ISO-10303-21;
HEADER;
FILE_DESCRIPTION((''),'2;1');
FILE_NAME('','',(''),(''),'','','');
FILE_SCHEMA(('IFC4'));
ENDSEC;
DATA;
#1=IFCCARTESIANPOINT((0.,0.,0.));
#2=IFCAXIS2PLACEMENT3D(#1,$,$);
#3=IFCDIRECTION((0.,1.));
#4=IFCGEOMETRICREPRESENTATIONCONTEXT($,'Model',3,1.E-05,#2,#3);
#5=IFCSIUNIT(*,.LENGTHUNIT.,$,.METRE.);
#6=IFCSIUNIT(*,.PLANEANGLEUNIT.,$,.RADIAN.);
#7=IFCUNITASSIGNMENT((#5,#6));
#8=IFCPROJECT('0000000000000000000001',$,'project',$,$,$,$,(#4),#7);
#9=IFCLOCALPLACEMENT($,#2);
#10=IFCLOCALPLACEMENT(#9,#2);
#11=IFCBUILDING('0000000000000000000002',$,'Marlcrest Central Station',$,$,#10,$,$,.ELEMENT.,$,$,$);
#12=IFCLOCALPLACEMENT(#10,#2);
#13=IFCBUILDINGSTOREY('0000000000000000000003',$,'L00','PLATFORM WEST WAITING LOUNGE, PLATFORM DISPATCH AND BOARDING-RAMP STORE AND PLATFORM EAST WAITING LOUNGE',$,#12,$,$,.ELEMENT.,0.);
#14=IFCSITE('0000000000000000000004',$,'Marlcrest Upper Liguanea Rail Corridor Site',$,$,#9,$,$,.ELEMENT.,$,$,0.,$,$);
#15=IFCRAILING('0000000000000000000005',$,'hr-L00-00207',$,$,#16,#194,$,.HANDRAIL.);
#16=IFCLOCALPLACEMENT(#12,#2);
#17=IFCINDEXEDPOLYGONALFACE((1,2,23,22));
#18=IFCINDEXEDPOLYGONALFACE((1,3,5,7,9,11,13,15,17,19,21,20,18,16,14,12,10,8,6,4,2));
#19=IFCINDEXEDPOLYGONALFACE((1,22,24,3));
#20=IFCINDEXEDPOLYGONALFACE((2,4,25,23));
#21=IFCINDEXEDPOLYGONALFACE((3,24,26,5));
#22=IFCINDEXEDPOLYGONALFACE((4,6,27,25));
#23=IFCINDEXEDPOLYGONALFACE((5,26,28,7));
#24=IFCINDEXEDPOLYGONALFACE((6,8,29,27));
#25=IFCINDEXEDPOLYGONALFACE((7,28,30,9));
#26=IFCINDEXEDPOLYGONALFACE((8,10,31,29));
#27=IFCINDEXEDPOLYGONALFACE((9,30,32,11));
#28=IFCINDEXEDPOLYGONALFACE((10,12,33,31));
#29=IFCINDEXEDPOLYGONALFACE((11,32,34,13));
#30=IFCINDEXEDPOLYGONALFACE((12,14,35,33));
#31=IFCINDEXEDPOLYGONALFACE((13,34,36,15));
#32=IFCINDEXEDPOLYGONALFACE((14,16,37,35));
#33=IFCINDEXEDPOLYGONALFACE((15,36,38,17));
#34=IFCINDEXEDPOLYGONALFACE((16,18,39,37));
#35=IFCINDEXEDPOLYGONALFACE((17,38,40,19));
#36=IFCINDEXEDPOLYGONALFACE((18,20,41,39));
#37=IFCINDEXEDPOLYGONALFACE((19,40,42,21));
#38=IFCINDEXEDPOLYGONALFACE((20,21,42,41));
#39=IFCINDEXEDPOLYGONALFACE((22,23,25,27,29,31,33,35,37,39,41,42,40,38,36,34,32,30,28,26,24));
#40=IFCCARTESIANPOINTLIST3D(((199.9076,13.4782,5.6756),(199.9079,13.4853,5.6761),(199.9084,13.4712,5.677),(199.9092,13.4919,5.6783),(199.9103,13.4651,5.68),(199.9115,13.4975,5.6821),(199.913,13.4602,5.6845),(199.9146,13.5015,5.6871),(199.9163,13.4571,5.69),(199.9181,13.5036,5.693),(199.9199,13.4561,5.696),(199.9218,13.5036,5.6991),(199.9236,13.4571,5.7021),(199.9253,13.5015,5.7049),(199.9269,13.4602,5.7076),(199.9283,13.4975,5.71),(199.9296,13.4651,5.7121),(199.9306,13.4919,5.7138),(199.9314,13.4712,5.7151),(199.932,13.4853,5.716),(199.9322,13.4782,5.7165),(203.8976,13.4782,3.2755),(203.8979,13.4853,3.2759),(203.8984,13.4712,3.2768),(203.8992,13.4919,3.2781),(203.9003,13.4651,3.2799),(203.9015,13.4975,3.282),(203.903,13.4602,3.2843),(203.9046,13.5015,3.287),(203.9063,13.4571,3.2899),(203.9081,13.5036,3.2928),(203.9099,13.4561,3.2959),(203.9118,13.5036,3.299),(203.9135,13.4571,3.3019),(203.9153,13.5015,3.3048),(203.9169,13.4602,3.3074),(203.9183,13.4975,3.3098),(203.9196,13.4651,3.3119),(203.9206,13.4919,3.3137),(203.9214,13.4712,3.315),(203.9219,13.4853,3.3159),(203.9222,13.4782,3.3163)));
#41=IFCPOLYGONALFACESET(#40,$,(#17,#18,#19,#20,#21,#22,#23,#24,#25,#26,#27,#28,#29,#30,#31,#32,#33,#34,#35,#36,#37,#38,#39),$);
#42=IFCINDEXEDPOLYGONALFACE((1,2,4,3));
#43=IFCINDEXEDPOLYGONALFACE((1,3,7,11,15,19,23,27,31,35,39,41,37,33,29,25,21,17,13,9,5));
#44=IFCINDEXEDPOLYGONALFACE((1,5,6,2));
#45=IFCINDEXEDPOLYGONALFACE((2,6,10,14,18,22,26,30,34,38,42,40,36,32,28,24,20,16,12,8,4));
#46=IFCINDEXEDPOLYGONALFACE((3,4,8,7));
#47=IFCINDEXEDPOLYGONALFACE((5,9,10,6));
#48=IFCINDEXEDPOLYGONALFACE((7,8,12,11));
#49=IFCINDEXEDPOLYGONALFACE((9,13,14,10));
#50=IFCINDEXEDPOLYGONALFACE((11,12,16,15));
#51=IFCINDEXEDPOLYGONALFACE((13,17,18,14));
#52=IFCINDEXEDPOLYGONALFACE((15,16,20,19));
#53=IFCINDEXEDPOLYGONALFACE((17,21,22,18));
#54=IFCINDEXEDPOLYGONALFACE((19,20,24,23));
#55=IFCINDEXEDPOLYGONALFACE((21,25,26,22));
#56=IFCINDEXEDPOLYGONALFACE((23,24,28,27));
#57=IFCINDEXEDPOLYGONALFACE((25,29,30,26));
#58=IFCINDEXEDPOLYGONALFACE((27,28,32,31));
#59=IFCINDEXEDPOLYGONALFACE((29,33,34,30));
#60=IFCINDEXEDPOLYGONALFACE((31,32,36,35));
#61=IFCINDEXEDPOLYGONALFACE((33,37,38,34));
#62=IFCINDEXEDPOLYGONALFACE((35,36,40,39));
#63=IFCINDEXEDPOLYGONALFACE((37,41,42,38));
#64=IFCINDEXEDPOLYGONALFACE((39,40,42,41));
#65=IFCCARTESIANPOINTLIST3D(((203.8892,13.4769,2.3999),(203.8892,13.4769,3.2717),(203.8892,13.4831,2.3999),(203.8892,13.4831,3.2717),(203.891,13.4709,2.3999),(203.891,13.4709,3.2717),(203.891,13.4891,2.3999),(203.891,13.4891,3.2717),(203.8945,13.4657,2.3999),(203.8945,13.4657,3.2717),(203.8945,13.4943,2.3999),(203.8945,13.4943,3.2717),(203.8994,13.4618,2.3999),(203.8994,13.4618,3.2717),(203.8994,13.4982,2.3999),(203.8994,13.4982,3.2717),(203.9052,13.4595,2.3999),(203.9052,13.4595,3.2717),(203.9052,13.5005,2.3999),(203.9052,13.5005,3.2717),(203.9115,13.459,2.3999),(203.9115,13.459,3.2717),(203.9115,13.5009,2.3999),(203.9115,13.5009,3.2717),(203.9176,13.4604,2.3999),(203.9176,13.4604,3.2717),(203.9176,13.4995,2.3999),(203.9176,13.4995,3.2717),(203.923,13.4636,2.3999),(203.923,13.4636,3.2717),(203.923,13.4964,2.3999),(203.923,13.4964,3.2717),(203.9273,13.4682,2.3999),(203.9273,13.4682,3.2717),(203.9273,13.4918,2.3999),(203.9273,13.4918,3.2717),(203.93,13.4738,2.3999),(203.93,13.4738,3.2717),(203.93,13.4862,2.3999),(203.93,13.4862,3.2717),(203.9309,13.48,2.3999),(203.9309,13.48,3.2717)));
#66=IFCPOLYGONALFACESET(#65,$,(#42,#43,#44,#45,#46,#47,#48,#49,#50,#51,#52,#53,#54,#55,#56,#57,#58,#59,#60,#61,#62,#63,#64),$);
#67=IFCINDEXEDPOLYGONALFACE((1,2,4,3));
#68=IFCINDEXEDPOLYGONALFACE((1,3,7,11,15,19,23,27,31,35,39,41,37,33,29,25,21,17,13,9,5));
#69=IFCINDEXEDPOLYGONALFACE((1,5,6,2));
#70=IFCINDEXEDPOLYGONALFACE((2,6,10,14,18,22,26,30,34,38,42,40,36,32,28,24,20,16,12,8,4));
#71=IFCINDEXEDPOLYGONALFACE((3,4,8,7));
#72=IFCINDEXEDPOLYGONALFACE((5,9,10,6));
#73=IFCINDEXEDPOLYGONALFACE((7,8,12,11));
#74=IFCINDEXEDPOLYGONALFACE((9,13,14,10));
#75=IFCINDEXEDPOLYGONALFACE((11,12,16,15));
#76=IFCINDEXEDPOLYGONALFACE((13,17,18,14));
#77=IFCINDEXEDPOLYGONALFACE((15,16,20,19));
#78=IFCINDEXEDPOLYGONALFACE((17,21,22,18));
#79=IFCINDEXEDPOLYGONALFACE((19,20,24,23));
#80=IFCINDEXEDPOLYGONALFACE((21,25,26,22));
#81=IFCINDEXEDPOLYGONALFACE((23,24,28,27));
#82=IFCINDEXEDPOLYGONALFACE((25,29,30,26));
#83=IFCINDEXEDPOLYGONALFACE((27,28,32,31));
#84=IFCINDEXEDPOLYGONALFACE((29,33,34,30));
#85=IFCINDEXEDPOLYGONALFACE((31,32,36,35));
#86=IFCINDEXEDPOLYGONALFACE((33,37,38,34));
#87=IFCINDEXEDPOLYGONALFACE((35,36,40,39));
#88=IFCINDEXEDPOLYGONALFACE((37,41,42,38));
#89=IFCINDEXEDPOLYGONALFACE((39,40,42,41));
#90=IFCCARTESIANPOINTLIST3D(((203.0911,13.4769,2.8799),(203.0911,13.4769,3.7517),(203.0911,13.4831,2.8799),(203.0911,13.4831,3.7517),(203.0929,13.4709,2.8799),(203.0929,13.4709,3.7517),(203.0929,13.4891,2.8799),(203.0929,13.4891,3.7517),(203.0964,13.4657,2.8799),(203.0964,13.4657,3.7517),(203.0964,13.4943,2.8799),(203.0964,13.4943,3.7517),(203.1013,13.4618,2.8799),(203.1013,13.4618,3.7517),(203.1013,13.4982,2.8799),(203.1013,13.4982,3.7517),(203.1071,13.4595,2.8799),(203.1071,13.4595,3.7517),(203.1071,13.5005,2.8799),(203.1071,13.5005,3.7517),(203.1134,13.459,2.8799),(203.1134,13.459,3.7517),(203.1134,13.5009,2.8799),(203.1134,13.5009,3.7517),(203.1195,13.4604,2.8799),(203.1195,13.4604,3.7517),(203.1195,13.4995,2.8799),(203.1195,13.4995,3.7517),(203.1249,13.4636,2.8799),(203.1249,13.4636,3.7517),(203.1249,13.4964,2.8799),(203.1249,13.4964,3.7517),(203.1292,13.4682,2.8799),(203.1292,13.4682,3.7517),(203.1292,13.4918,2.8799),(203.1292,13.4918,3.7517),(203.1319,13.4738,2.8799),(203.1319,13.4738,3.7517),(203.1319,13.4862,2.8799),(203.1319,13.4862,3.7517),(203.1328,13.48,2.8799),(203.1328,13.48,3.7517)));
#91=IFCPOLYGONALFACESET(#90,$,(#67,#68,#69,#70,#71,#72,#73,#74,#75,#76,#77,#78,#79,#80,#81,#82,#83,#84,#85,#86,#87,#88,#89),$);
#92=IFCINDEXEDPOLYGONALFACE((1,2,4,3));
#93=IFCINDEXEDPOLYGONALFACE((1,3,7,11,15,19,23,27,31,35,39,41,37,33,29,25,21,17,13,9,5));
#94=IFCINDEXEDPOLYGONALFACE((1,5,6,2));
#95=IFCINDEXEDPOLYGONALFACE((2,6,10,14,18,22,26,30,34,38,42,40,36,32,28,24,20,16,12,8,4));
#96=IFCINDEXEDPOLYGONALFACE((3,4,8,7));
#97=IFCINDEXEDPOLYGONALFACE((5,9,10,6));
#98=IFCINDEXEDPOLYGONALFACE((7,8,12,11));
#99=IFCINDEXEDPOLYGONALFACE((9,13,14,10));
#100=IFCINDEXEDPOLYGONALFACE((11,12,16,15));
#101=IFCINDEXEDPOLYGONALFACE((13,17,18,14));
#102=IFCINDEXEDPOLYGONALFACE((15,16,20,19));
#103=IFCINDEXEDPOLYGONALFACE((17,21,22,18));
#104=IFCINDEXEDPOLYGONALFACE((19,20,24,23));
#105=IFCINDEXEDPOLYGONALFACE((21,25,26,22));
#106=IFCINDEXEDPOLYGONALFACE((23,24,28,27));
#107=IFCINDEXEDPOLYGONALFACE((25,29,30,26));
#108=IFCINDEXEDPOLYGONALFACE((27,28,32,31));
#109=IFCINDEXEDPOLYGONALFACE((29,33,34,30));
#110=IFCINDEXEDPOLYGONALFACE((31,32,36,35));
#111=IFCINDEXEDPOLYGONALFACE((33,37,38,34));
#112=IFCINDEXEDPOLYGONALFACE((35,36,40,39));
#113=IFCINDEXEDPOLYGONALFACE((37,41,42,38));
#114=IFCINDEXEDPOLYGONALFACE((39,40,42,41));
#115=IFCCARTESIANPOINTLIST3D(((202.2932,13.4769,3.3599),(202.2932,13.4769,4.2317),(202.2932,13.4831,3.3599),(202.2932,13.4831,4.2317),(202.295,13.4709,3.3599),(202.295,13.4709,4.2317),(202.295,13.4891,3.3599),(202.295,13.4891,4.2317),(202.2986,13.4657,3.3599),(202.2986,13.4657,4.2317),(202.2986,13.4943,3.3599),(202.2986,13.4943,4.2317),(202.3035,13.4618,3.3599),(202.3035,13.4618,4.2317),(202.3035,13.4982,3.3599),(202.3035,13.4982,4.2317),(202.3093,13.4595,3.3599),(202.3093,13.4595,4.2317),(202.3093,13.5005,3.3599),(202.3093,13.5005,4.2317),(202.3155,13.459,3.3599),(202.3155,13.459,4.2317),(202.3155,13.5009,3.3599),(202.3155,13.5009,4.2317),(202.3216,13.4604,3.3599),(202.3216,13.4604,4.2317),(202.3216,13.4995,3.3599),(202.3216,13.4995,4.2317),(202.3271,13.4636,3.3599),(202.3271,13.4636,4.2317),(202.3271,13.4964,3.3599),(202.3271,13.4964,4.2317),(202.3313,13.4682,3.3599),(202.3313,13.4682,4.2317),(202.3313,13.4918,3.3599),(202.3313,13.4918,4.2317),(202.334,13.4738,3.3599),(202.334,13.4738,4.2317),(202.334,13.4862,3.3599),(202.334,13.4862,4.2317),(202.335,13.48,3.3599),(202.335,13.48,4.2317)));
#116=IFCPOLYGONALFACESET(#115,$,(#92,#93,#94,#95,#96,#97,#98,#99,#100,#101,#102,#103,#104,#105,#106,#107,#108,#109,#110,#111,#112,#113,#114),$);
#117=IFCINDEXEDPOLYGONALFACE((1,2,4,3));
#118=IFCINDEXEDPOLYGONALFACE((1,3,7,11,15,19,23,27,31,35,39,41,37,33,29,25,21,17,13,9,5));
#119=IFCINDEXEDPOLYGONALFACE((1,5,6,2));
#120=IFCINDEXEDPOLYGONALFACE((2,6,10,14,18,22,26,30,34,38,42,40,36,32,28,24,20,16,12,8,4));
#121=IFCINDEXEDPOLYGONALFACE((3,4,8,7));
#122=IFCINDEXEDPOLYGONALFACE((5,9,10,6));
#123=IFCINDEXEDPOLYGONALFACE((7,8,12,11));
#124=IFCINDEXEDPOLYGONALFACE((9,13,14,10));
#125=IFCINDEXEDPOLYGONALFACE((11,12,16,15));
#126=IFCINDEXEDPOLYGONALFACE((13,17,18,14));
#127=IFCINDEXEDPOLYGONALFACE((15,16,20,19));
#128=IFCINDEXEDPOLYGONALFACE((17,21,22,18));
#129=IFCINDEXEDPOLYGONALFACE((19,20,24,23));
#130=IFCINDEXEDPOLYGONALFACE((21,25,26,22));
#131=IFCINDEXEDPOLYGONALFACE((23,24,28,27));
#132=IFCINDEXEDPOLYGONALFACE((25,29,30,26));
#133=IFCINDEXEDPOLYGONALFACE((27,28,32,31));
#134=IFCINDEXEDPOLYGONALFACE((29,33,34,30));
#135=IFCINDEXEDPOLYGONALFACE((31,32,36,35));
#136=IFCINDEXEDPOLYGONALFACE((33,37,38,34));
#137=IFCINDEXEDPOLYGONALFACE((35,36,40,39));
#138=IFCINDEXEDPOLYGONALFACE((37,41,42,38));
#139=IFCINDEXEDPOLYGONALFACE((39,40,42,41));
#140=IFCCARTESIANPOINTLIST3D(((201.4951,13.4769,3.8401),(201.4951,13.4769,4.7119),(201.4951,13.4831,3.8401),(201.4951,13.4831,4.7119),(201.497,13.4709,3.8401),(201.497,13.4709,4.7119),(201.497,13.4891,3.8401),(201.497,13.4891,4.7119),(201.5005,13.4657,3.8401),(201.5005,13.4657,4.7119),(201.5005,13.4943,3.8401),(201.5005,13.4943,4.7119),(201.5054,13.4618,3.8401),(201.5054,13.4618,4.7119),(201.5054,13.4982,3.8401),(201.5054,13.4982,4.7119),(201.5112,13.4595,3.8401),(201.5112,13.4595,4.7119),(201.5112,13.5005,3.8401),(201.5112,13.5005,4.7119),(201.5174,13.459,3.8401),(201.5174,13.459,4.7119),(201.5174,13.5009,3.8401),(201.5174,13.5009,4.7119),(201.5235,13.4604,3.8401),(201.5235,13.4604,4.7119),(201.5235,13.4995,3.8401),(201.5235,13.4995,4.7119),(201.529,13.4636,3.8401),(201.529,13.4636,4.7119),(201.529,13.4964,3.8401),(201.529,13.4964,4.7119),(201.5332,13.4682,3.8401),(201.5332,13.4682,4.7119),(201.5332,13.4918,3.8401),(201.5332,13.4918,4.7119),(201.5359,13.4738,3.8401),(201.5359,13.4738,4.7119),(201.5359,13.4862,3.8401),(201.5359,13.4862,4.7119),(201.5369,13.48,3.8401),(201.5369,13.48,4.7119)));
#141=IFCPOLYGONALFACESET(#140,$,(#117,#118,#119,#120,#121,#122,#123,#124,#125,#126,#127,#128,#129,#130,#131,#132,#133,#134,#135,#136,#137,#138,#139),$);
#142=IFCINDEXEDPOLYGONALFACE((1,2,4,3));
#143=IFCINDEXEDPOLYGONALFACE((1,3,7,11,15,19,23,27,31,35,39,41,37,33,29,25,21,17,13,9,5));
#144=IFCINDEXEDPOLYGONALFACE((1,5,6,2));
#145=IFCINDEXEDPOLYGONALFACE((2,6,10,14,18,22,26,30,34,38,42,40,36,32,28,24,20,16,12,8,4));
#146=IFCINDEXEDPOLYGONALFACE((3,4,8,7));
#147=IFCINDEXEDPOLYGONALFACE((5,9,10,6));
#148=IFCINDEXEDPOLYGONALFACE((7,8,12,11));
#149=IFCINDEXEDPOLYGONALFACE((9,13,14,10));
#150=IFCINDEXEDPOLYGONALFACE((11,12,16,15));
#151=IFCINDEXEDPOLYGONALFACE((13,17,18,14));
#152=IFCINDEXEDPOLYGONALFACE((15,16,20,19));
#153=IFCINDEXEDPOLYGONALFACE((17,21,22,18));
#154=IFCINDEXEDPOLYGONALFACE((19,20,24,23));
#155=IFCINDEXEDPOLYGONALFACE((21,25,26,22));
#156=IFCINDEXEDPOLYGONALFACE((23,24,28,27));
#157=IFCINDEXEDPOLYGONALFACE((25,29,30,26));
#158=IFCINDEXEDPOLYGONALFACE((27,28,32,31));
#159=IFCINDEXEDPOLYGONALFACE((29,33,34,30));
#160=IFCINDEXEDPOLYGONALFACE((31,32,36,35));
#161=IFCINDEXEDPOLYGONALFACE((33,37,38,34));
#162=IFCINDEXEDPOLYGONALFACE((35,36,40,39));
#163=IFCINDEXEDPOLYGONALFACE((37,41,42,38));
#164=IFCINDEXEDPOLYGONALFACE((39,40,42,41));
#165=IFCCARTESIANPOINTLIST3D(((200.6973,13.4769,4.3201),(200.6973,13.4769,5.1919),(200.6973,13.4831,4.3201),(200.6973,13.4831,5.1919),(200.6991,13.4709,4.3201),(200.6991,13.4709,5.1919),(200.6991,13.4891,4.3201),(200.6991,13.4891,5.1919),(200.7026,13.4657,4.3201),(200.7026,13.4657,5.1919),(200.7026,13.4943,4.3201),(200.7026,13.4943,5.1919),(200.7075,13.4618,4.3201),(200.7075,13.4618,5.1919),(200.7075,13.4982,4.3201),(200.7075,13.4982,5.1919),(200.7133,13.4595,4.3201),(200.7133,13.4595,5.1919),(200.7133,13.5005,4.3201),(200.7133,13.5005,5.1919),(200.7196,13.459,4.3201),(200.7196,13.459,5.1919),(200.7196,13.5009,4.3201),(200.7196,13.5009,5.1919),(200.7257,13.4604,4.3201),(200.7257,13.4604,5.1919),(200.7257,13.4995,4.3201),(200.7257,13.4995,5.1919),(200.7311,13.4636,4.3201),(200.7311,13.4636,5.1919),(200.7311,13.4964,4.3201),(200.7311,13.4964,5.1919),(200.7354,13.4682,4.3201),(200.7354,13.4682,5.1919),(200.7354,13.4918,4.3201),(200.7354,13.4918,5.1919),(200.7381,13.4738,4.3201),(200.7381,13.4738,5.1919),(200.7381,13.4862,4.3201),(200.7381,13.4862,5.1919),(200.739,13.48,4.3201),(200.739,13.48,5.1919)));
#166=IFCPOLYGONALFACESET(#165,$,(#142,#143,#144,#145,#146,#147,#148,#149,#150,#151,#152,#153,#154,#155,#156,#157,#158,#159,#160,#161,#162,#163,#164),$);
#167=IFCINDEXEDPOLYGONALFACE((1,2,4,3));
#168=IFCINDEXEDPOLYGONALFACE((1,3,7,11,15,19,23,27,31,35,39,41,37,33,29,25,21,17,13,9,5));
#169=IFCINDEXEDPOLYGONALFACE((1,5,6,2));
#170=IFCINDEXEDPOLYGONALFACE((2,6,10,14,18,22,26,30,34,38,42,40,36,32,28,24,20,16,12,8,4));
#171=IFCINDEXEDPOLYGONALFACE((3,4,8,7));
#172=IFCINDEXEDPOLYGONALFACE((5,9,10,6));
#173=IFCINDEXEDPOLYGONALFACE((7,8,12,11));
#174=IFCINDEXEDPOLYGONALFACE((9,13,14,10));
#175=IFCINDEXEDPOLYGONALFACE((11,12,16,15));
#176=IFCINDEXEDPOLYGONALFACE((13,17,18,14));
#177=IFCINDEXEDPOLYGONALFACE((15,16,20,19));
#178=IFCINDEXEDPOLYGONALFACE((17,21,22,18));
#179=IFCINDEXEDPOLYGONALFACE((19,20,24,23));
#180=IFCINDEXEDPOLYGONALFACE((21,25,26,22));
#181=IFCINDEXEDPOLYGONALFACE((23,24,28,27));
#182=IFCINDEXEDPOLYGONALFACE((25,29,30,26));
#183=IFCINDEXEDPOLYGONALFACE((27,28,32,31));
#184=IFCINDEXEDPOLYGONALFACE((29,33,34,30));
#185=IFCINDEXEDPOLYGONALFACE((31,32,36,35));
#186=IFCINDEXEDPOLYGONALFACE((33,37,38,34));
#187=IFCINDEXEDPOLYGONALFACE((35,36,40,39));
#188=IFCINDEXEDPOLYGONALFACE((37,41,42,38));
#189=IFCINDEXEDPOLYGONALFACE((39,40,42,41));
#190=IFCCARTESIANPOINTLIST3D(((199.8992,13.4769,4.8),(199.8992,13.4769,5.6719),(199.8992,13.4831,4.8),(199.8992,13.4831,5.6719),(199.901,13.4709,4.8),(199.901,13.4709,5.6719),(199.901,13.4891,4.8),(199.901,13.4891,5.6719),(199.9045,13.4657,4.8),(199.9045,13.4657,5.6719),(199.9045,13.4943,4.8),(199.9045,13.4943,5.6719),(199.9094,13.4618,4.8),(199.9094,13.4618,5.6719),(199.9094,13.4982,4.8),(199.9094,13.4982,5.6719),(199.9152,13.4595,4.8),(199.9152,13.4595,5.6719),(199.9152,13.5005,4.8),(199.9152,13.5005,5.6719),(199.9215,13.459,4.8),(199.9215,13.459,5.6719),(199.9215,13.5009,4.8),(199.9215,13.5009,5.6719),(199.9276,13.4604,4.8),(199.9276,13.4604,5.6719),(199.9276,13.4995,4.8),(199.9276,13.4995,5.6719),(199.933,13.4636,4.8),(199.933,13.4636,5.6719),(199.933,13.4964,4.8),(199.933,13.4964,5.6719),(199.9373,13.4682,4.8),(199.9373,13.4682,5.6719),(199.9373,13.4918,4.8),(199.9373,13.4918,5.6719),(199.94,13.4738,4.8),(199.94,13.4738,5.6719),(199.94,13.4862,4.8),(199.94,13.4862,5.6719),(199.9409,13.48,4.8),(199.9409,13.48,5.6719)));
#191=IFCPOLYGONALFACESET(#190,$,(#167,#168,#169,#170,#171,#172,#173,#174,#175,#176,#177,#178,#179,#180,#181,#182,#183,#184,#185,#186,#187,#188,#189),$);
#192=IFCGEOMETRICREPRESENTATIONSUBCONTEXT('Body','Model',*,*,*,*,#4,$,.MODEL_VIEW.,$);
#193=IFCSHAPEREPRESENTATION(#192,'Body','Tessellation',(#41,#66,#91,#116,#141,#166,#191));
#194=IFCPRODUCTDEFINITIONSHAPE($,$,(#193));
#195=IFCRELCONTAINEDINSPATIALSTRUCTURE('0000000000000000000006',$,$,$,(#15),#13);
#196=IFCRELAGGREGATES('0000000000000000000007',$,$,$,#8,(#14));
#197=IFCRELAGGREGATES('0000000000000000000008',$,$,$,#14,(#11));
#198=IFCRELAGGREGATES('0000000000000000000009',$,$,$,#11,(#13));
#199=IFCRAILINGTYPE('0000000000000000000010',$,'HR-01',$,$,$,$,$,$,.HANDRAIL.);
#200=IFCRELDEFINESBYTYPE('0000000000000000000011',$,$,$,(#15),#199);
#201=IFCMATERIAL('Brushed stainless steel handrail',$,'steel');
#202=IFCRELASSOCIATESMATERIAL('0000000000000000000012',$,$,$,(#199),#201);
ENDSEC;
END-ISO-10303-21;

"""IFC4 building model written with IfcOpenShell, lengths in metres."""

from ifc_helpers import new_model, si_unit, direction, frame, origin, origin_2d, place, context, subcontext, project, spatial, circle, extrude, material, type_object, element, save


model = new_model("IFC4")

# Units and contexts
model_context = context("Model", 3, precision=1e-05, world=origin(), true_north=direction((0.0, 1.0)))
body_context = subcontext(model_context, "Body", "Model", "MODEL_VIEW")
ifc_project = project(units=[si_unit("LENGTHUNIT", "METRE"), si_unit("PLANEANGLEUNIT", "RADIAN")], contexts=[model_context])

# Site, building, storey
site_placement = place(None, origin())
site = spatial("IfcSite", under=ifc_project, at=site_placement, Name="Marlcrest Upper Liguanea Rail Corridor Site", CompositionType="ELEMENT", RefElevation=0.0)
building_placement = place(site_placement, origin())
building = spatial("IfcBuilding", under=site, at=building_placement, Name="Marlcrest Central Station", CompositionType="ELEMENT")
storey_placement = place(building_placement, origin())
storey = spatial("IfcBuildingStorey", under=building, at=storey_placement, Name="L00", Description="PLATFORM WEST WAITING LOUNGE, PLATFORM DISPATCH AND BOARDING-RAMP STORE AND PLATFORM EAST WAITING LOUNGE", CompositionType="ELEMENT", Elevation=0.0)

# Railing
ifc_material_1 = material(Name="Brushed stainless steel handrail", Category="steel")
railing_type_1 = type_object("IfcRailingType", Name="HR-01", PredefinedType="HANDRAIL", material=ifc_material_1)
railing_1_placement = place(storey_placement, frame((203.9099, 13.48, 2.3999)))
element("IfcRailing", 1, at=railing_1_placement, inside=storey, type_object=railing_type_1, Name="hr-L00-00207", PredefinedType="HANDRAIL", context=body_context, shape_type="SweptSolid", body=[
    extrude(circle(Radius=0.0239, at=origin_2d()), frame((0.0, 0.0, 0.896), z_axis=(-0.856909, 0.0, 0.515467), x_axis=(0.0, -1.0, 0.0)), (0.0, 0.0, 1.0), 4.6562),
    extrude(circle(Radius=0.021, at=origin_2d()), origin(), (0.0, 0.0, 1.0), 0.8718),
    extrude(circle(Radius=0.021, at=origin_2d()), frame((-0.7981, 0.0, 0.48)), (0.0, 0.0, 1.0), 0.8718),
    extrude(circle(Radius=0.021, at=origin_2d()), frame((-1.5959, 0.0, 0.96)), (0.0, 0.0, 1.0), 0.8718),
    extrude(circle(Radius=0.021, at=origin_2d()), frame((-2.394, 0.0, 1.4402)), (0.0, 0.0, 1.0), 0.8718),
    extrude(circle(Radius=0.021, at=origin_2d()), frame((-3.1919, 0.0, 1.9202)), (0.0, 0.0, 1.0), 0.8718),
    extrude(circle(Radius=0.021, at=origin_2d()), frame((-3.99, 0.0, 2.4001)), (0.0, 0.0, 1.0), 0.8718),
])

save(model, "model.ifc")
